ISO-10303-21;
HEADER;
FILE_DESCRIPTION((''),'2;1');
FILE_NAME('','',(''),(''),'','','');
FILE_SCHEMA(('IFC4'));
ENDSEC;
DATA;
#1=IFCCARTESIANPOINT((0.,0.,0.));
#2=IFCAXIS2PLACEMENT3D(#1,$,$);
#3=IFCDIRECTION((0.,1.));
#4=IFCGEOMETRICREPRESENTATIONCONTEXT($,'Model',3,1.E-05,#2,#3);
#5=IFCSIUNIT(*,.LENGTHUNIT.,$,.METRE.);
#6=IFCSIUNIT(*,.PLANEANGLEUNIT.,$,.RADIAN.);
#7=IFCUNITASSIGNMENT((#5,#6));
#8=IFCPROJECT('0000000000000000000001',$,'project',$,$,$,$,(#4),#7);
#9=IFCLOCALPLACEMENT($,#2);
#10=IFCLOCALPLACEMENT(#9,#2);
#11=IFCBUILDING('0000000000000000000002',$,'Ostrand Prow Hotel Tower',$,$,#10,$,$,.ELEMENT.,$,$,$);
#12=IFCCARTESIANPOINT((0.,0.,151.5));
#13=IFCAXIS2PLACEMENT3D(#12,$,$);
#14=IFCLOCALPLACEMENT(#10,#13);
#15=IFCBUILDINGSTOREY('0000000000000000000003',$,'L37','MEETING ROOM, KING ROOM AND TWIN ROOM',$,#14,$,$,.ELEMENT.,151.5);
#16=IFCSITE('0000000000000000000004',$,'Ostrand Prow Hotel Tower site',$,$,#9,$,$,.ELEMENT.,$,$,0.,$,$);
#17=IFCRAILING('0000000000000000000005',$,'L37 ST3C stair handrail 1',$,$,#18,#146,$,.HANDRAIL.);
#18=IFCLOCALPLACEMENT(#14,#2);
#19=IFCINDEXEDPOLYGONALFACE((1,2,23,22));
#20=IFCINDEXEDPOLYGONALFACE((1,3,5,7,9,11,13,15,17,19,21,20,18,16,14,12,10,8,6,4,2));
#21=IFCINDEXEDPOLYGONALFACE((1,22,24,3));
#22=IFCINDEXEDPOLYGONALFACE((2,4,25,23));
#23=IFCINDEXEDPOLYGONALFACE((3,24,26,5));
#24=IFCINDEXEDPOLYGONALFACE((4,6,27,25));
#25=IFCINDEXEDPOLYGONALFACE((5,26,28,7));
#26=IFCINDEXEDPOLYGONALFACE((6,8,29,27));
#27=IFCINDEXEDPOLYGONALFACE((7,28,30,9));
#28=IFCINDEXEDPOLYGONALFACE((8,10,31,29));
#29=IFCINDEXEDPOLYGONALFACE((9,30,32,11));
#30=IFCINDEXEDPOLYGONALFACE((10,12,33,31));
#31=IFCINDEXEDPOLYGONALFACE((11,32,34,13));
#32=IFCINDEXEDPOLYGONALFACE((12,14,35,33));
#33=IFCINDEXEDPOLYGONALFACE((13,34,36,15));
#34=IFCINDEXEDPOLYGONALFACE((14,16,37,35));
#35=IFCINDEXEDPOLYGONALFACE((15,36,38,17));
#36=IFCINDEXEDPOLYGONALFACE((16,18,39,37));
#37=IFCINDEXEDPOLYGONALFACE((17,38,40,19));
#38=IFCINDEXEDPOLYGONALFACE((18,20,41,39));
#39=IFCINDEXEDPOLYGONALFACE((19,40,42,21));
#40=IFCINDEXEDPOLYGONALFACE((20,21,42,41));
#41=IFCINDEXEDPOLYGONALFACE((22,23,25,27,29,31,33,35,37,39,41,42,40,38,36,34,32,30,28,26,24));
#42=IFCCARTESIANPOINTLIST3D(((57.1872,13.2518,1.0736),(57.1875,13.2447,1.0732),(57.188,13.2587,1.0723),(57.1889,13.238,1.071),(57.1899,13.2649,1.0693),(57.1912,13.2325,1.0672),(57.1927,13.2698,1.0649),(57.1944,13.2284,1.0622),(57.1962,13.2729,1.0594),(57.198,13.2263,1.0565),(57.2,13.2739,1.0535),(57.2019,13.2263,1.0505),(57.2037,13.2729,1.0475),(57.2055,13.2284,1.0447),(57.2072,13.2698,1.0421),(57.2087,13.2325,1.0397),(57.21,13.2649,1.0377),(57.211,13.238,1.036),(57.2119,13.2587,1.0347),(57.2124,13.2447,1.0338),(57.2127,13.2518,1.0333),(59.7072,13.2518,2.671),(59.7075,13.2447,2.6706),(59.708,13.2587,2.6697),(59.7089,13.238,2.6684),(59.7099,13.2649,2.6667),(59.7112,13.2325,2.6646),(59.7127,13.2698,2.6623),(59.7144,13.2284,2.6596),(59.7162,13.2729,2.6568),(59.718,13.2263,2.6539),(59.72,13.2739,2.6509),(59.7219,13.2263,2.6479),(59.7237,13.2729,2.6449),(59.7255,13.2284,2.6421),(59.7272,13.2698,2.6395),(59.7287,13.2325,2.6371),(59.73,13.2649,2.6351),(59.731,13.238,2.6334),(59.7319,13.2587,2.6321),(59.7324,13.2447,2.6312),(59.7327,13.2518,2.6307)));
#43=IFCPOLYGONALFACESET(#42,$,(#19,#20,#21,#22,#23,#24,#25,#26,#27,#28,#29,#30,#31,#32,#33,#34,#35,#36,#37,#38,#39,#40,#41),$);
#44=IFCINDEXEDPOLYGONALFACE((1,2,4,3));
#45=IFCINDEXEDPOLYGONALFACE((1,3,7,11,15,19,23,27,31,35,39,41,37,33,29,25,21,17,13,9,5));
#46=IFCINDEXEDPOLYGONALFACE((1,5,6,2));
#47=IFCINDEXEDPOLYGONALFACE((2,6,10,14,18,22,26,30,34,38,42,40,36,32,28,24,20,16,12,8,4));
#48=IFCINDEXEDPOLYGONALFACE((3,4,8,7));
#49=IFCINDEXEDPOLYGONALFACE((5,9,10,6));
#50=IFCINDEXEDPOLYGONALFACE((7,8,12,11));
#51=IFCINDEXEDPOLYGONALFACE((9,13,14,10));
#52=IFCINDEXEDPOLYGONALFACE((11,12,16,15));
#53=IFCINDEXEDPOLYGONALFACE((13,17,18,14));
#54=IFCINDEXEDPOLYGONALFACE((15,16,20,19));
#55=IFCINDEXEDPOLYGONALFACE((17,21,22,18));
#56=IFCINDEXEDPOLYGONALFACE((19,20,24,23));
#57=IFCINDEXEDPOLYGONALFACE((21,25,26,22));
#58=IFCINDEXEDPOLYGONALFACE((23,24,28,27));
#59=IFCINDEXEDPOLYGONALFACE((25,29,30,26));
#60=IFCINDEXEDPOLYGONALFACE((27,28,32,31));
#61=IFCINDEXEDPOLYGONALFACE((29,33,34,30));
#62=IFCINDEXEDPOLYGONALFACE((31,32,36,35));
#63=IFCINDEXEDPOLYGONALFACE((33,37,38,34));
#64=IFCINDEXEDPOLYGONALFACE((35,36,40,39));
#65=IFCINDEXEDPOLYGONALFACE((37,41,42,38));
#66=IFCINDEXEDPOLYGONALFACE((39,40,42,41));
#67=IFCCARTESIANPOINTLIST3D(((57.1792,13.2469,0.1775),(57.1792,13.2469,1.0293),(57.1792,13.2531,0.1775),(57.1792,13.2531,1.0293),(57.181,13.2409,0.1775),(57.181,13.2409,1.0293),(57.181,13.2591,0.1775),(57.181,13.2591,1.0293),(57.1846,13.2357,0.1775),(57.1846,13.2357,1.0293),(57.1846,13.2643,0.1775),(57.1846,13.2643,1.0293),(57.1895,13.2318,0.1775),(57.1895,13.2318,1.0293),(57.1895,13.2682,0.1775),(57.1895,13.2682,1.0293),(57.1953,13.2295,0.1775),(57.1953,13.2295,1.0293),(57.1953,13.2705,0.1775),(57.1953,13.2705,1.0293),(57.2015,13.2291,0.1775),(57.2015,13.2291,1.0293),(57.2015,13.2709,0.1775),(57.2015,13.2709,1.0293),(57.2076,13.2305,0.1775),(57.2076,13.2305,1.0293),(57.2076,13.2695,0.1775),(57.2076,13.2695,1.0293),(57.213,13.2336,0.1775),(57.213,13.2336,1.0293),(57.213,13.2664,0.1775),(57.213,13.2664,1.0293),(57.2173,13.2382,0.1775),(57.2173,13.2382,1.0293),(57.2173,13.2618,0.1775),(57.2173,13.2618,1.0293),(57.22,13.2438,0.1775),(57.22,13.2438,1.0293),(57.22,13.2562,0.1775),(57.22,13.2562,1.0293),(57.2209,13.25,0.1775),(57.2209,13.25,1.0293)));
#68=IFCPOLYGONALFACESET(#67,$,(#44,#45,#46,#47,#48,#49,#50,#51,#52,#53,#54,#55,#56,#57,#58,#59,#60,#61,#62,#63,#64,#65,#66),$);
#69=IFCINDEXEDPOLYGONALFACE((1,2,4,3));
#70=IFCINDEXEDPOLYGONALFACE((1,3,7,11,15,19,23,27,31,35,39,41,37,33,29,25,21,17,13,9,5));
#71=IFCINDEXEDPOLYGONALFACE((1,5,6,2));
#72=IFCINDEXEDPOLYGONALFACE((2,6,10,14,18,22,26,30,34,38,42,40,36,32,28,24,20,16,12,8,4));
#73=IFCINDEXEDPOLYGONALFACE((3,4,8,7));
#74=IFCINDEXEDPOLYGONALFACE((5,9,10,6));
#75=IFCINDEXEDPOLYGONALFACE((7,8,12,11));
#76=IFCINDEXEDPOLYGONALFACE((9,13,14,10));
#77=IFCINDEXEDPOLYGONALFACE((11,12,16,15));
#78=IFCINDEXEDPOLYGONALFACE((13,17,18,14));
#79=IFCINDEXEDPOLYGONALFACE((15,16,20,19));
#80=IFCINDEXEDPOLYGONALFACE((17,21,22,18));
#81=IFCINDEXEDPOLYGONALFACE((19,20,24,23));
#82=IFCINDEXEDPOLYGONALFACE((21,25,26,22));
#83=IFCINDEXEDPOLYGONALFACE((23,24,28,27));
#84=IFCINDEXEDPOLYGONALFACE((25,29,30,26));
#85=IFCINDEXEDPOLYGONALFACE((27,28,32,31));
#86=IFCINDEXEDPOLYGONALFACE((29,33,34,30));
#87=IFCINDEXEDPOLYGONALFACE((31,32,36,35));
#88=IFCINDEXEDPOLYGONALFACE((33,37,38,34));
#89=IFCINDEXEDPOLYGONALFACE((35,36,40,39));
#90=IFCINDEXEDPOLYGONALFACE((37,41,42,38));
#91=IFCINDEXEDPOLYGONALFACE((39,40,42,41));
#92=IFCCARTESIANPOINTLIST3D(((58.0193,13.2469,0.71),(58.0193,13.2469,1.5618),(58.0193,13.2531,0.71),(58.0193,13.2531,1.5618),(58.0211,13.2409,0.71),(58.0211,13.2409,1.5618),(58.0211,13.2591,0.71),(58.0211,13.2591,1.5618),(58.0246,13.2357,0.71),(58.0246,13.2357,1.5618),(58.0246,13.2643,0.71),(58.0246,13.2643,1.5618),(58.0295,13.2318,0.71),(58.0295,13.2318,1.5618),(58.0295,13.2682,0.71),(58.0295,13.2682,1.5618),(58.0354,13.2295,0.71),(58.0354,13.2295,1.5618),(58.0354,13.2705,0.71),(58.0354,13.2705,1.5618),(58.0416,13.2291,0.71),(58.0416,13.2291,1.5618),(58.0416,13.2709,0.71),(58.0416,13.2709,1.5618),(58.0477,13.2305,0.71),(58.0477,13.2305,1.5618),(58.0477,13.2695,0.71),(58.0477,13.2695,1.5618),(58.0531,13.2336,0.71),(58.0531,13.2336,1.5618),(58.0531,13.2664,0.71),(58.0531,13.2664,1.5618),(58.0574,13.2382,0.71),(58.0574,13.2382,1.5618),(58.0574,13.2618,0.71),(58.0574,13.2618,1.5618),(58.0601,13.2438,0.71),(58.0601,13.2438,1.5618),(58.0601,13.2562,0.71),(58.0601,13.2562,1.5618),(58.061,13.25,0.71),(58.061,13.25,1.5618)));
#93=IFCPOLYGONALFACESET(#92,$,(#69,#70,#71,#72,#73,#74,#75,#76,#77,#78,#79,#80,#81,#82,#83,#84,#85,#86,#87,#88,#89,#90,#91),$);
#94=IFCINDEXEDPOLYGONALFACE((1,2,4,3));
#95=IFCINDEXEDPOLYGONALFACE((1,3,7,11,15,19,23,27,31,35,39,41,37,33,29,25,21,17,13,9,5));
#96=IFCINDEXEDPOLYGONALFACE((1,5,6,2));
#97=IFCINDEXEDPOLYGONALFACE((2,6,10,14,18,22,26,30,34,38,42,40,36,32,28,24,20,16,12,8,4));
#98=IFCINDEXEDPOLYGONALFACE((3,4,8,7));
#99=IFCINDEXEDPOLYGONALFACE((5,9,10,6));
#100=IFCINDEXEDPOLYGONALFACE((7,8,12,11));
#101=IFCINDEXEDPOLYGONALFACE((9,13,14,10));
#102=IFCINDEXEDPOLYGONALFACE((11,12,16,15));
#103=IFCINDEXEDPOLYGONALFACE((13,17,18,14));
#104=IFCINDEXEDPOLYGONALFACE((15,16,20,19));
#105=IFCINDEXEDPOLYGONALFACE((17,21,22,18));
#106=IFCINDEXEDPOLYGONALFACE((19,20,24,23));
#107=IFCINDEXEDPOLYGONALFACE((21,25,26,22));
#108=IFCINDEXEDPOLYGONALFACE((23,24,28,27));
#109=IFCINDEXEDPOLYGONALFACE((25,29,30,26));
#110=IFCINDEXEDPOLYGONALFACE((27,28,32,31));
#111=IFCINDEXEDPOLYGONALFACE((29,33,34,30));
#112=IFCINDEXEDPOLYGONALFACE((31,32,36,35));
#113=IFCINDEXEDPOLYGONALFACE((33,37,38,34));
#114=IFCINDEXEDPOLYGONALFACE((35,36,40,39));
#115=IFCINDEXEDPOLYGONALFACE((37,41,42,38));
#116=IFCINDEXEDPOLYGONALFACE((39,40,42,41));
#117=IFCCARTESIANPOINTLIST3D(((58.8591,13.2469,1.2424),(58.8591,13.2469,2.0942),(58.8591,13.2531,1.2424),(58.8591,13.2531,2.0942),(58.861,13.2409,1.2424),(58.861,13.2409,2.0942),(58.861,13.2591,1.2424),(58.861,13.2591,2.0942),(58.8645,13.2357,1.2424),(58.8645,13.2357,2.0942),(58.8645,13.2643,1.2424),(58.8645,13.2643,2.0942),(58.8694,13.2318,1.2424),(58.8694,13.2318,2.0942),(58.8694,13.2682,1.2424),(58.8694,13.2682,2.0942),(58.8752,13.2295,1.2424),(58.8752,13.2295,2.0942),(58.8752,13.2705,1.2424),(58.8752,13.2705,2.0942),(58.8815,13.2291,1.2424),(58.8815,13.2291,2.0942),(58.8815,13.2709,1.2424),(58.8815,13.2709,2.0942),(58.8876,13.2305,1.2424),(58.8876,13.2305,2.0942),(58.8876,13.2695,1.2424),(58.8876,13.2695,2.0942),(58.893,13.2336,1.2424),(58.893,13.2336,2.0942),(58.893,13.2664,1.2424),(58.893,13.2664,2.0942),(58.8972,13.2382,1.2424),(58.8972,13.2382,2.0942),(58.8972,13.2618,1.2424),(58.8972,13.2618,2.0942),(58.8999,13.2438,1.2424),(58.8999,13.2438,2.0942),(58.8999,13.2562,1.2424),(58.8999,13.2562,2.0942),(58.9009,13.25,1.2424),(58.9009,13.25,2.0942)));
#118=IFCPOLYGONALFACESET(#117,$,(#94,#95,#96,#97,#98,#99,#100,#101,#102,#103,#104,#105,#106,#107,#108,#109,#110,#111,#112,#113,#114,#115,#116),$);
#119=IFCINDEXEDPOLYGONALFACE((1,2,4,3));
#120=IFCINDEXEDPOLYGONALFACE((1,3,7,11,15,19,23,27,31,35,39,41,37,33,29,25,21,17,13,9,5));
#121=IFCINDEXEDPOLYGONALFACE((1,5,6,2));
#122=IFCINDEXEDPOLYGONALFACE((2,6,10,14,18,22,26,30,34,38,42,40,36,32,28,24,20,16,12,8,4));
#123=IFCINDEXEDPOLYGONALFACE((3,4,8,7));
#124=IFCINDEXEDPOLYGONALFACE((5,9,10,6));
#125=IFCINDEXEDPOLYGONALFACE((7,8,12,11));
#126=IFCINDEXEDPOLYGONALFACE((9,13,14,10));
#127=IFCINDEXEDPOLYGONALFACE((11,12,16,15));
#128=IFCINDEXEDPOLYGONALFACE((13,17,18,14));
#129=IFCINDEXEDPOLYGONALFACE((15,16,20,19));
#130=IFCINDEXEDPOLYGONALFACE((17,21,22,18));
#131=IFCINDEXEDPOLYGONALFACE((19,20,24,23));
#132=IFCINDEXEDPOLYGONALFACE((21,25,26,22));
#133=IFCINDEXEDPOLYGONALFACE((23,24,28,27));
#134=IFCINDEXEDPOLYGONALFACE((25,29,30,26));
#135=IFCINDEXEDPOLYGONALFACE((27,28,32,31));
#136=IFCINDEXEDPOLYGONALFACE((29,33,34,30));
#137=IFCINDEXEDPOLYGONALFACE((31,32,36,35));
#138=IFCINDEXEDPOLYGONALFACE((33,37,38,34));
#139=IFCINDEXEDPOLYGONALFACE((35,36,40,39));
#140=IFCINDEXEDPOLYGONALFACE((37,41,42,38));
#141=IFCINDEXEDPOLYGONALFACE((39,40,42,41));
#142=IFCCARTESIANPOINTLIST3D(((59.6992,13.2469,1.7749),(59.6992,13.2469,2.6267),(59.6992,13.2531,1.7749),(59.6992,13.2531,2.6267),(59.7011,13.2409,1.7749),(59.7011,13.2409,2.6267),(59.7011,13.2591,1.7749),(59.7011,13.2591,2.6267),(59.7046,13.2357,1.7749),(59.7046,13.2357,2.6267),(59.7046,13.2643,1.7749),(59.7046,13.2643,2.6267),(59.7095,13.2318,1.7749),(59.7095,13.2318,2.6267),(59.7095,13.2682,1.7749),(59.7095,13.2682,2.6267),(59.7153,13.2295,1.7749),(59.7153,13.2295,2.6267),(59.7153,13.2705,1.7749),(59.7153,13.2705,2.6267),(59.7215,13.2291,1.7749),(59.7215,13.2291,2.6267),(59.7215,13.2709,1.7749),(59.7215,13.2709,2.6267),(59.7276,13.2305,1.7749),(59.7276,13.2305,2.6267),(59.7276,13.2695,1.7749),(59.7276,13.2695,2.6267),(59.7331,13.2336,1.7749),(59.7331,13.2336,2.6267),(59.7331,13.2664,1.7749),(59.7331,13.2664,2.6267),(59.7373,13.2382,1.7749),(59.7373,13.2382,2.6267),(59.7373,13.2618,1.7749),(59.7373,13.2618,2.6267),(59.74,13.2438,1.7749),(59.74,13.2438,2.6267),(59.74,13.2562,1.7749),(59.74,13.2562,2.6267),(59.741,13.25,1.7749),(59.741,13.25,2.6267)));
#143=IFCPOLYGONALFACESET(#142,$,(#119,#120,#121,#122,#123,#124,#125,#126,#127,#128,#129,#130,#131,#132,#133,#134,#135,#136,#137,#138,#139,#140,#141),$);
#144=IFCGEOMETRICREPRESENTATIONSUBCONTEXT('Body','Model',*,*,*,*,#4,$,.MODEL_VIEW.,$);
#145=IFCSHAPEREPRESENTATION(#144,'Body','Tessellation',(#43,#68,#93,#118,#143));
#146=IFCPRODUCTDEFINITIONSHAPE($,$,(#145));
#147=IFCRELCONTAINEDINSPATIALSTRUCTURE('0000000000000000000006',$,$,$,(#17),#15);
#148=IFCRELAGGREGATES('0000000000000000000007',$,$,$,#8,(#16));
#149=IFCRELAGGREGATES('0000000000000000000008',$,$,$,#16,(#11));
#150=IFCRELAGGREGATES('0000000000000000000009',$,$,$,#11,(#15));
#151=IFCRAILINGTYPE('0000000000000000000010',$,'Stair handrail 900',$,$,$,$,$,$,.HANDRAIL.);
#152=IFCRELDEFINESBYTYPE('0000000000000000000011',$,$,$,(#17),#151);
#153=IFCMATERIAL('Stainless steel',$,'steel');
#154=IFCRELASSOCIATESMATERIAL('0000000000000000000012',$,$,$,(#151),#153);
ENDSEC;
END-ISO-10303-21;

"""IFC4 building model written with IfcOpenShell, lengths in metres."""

from ifc_helpers import new_model, si_unit, direction, frame, origin, origin_2d, place, context, subcontext, project, spatial, circle, extrude, material, type_object, element, save


model = new_model("IFC4")

# Units and contexts
model_context = context("Model", 3, precision=1e-05, world=origin(), true_north=direction((0.0, 1.0)))
body_context = subcontext(model_context, "Body", "Model", "MODEL_VIEW")
ifc_project = project(units=[si_unit("LENGTHUNIT", "METRE"), si_unit("PLANEANGLEUNIT", "RADIAN")], contexts=[model_context])

# Site, building, storey
site_placement = place(None, origin())
site = spatial("IfcSite", under=ifc_project, at=site_placement, Name="Ostrand Prow Hotel Tower site", CompositionType="ELEMENT", RefElevation=0.0)
building_placement = place(site_placement, origin())
building = spatial("IfcBuilding", under=site, at=building_placement, Name="Ostrand Prow Hotel Tower", CompositionType="ELEMENT")
storey_placement = place(building_placement, frame((0.0, 0.0, 151.5)))
storey = spatial("IfcBuildingStorey", under=building, at=storey_placement, Name="L37", Description="MEETING ROOM, KING ROOM AND TWIN ROOM", CompositionType="ELEMENT", Elevation=151.5)

# Railing
ifc_material_1 = material(Name="Stainless steel", Category="steel")
railing_type_1 = type_object("IfcRailingType", Name="Stair handrail 900", PredefinedType="HANDRAIL", material=ifc_material_1)
railing_1_placement = place(storey_placement, frame((57.2, 13.25, 0.1775)))
element("IfcRailing", 1, at=railing_1_placement, inside=storey, type_object=railing_type_1, Name="L37 ST3C stair handrail 1", PredefinedType="HANDRAIL", context=body_context, shape_type="SweptSolid", body=[
    extrude(circle(Radius=0.0239, at=origin_2d()), frame((0.0, 0.0, 0.876), z_axis=(0.844607, 0.0, 0.535387), x_axis=(0.0, 1.0, 0.0)), (0.0, 0.0, 1.0), 2.9836),
    extrude(circle(Radius=0.021, at=origin_2d()), origin(), (0.0, 0.0, 1.0), 0.8518),
    extrude(circle(Radius=0.021, at=origin_2d()), frame((0.8401, 0.0, 0.5325)), (0.0, 0.0, 1.0), 0.8518),
    extrude(circle(Radius=0.021, at=origin_2d()), frame((1.6799, 0.0, 1.0649)), (0.0, 0.0, 1.0), 0.8518),
    extrude(circle(Radius=0.021, at=origin_2d()), frame((2.52, 0.0, 1.5974)), (0.0, 0.0, 1.0), 0.8518),
])

save(model, "model.ifc")
